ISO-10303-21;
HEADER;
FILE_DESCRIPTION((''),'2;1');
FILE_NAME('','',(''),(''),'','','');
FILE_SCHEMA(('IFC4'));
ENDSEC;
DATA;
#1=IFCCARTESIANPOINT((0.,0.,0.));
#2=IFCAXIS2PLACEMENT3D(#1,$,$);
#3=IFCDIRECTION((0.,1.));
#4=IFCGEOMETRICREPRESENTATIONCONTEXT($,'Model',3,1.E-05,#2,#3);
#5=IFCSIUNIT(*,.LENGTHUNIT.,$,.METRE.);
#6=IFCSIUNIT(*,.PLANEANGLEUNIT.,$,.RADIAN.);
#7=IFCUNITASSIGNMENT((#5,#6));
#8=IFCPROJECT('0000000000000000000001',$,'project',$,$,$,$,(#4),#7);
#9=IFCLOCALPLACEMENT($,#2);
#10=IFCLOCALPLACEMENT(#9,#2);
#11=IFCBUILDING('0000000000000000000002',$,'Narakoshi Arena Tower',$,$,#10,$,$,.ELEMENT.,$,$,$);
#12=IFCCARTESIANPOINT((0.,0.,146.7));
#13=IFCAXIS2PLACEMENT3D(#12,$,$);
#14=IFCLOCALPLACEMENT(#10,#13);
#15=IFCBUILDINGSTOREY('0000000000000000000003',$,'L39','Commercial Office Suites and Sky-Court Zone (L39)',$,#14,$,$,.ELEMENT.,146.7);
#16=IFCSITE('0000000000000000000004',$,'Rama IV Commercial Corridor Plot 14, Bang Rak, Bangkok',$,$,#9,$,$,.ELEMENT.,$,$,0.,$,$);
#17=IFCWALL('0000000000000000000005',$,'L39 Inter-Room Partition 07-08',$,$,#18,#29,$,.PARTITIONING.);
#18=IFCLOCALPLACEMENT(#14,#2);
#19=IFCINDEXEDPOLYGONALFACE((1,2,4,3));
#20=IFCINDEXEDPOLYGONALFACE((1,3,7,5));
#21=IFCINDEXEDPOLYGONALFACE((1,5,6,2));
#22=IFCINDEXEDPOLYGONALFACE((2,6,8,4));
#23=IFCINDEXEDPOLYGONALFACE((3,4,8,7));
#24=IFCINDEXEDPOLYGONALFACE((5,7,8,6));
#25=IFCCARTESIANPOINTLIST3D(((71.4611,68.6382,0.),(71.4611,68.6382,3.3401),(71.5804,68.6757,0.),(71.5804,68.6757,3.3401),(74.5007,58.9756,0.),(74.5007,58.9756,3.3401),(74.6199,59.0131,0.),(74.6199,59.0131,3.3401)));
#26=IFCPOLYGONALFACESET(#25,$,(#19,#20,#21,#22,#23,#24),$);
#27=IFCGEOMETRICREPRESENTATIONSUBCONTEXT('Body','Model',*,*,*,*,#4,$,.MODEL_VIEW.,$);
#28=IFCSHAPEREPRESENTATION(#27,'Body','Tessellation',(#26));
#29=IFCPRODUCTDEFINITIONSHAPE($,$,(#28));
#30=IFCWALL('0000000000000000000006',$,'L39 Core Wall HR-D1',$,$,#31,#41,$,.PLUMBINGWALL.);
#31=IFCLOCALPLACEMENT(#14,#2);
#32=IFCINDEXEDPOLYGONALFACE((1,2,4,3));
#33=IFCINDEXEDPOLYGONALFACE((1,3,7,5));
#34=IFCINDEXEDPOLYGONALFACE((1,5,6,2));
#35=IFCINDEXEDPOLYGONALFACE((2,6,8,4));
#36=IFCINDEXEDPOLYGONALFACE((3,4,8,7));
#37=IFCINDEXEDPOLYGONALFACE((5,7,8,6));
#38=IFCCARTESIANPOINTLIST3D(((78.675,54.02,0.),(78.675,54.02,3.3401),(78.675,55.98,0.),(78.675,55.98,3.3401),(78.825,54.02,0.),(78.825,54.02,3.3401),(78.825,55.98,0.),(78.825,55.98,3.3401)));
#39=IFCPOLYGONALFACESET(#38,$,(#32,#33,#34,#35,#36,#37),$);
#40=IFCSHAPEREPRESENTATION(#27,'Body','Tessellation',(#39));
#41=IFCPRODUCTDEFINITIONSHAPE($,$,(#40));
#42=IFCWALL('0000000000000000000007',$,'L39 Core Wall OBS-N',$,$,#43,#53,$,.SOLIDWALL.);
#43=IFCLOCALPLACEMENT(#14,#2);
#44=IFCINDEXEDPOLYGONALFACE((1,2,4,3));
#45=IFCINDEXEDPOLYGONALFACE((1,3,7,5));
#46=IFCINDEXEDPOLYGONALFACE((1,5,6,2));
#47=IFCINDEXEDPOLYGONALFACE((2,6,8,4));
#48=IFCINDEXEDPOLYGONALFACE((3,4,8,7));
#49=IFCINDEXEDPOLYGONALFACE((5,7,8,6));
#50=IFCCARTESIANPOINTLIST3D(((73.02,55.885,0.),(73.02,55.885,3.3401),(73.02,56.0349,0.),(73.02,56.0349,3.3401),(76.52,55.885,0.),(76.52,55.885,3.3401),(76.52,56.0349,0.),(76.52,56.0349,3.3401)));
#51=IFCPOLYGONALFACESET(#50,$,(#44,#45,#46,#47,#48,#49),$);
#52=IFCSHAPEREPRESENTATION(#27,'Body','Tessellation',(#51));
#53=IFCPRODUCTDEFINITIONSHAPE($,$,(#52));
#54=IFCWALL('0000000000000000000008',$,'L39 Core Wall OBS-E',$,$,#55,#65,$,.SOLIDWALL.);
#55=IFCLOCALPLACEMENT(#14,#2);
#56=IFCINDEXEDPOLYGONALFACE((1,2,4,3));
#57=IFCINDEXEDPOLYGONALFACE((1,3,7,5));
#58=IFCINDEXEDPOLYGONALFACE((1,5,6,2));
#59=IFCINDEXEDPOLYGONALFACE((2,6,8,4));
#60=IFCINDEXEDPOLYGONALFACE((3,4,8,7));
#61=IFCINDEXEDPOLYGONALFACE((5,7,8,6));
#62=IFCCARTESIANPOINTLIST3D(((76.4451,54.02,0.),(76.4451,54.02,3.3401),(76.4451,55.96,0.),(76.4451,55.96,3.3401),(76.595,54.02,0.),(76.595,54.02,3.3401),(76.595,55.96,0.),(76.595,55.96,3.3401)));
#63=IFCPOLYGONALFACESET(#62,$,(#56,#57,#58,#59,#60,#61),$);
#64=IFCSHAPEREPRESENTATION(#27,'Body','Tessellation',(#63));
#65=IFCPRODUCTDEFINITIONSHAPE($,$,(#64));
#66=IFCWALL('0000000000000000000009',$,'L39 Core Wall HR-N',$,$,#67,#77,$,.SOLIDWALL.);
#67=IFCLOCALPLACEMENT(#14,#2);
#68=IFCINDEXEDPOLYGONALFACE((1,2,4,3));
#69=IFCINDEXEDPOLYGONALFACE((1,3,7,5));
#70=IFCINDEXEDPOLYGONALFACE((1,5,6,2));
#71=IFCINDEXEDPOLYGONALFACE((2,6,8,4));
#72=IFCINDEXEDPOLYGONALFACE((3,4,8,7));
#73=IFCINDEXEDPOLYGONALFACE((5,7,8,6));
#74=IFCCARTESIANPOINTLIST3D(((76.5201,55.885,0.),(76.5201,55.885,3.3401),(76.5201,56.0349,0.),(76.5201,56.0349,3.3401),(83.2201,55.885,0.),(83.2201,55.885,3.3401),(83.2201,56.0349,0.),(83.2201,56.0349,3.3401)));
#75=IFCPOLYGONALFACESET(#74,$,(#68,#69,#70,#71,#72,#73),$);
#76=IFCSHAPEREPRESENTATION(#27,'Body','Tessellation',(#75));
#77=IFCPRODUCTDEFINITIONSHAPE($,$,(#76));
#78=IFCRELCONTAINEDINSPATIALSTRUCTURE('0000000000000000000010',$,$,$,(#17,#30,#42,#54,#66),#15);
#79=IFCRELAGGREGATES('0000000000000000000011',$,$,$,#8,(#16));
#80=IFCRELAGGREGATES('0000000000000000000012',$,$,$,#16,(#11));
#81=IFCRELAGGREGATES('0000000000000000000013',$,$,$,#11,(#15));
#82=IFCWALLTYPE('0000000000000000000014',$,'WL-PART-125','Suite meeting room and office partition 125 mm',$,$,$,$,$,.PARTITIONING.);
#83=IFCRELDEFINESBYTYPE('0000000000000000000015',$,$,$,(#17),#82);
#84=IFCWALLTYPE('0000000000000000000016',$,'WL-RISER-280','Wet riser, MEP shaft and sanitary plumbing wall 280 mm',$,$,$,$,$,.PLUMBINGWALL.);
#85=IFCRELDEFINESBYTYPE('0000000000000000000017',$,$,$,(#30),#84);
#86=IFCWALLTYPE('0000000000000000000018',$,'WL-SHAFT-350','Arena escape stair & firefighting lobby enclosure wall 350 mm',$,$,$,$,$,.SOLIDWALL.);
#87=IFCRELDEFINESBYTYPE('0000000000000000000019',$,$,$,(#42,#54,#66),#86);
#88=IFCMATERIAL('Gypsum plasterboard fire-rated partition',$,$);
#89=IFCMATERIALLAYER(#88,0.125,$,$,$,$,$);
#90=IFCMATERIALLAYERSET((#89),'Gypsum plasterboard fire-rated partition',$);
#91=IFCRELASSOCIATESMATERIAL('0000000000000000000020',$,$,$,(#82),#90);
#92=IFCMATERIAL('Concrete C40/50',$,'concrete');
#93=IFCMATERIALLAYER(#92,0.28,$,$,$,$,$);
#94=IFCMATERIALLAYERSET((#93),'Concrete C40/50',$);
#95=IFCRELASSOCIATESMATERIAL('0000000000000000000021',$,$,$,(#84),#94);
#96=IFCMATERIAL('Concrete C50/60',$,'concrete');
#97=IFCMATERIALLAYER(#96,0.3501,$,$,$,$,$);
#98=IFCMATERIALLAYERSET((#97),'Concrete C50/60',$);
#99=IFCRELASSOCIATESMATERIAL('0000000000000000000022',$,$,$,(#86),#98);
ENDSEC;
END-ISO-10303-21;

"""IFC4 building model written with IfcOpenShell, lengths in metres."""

from ifc_helpers import new_model, si_unit, direction, frame, frame_2d, origin, place, context, subcontext, project, spatial, rectangle, extrude, material, layer, layer_set, type_object, element, save


model = new_model("IFC4")

# Units and contexts
model_context = context("Model", 3, precision=1e-05, world=origin(), true_north=direction((0.0, 1.0)))
body_context = subcontext(model_context, "Body", "Model", "MODEL_VIEW")
ifc_project = project(units=[si_unit("LENGTHUNIT", "METRE"), si_unit("PLANEANGLEUNIT", "RADIAN")], contexts=[model_context])

# Site, building, storey
site_placement = place(None, origin())
site = spatial("IfcSite", under=ifc_project, at=site_placement, Name="Rama IV Commercial Corridor Plot 14, Bang Rak, Bangkok", CompositionType="ELEMENT", RefElevation=0.0)
building_placement = place(site_placement, origin())
building = spatial("IfcBuilding", under=site, at=building_placement, Name="Narakoshi Arena Tower", CompositionType="ELEMENT")
storey_placement = place(building_placement, frame((0.0, 0.0, 146.7)))
storey = spatial("IfcBuildingStorey", under=building, at=storey_placement, Name="L39", Description="Commercial Office Suites and Sky-Court Zone (L39)", CompositionType="ELEMENT", Elevation=146.7)

# Walls
ifc_material_1 = material(Name="Gypsum plasterboard fire-rated partition")
ifc_layer_1 = layer(ifc_material_1, 0.125)
ifc_layer_set_1 = layer_set([ifc_layer_1], Name="Gypsum plasterboard fire-rated partition")
wall_type_1 = type_object("IfcWallType", Name="WL-PART-125", Description="Suite meeting room and office partition 125 mm", PredefinedType="PARTITIONING", material=ifc_layer_set_1)
wall_1_placement = place(storey_placement, frame((74.5603, 58.9944, 0.0), z_axis=(0.0, 0.0, 1.0), x_axis=(-0.300072, 0.953916, 0.0)))
element("IfcWall", 1, at=wall_1_placement, inside=storey, type_object=wall_type_1, Name="L39 Inter-Room Partition 07-08", PredefinedType="PARTITIONING", context=body_context, shape_type="SweptSolid", body=[
    extrude(rectangle(XDim=10.1294, YDim=0.125, at=frame_2d((5.0647, 0.0))), origin(), (0.0, 0.0, 1.0), 3.3401),
])
ifc_material_2 = material(Name="Concrete C40/50", Category="concrete")
ifc_layer_2 = layer(ifc_material_2, 0.28)
ifc_layer_set_2 = layer_set([ifc_layer_2], Name="Concrete C40/50")
wall_type_2 = type_object("IfcWallType", Name="WL-RISER-280", Description="Wet riser, MEP shaft and sanitary plumbing wall 280 mm", PredefinedType="PLUMBINGWALL", material=ifc_layer_set_2)
wall_2_placement = place(storey_placement, frame((78.75, 54.02, 0.0), z_axis=(0.0, 0.0, 1.0), x_axis=(0.0, 1.0, 0.0)))
element("IfcWall", 2, at=wall_2_placement, inside=storey, type_object=wall_type_2, Name="L39 Core Wall HR-D1", PredefinedType="PLUMBINGWALL", context=body_context, shape_type="SweptSolid", body=[
    extrude(rectangle(XDim=1.96, YDim=0.1499, at=frame_2d((0.98, 0.0))), origin(), (0.0, 0.0, 1.0), 3.3401),
])
ifc_material_3 = material(Name="Concrete C50/60", Category="concrete")
ifc_layer_3 = layer(ifc_material_3, 0.3501)
ifc_layer_set_3 = layer_set([ifc_layer_3], Name="Concrete C50/60")
wall_type_3 = type_object("IfcWallType", Name="WL-SHAFT-350", Description="Arena escape stair & firefighting lobby enclosure wall 350 mm", PredefinedType="SOLIDWALL", material=ifc_layer_set_3)
wall_3_placement = place(storey_placement, frame((73.02, 55.96, 0.0), z_axis=(0.0, 0.0, 1.0), x_axis=(1.0, 0.0, 0.0)))
element("IfcWall", 3, at=wall_3_placement, inside=storey, type_object=wall_type_3, Name="L39 Core Wall OBS-N", PredefinedType="SOLIDWALL", context=body_context, shape_type="SweptSolid", body=[
    extrude(rectangle(XDim=3.5, YDim=0.1499, at=frame_2d((1.75, 0.0))), origin(), (0.0, 0.0, 1.0), 3.3401),
])
wall_4_placement = place(storey_placement, frame((76.52, 54.02, 0.0), z_axis=(0.0, 0.0, 1.0), x_axis=(0.0, 1.0, 0.0)))
element("IfcWall", 4, at=wall_4_placement, inside=storey, type_object=wall_type_3, Name="L39 Core Wall OBS-E", PredefinedType="SOLIDWALL", context=body_context, shape_type="SweptSolid", body=[
    extrude(rectangle(XDim=1.9399, YDim=0.1499, at=frame_2d((0.97, 0.0))), origin(), (0.0, 0.0, 1.0), 3.3401),
])
wall_5_placement = place(storey_placement, frame((76.52, 55.96, 0.0), z_axis=(0.0, 0.0, 1.0), x_axis=(1.0, 0.0, 0.0)))
element("IfcWall", 5, at=wall_5_placement, inside=storey, type_object=wall_type_3, Name="L39 Core Wall HR-N", PredefinedType="SOLIDWALL", context=body_context, shape_type="SweptSolid", body=[
    extrude(rectangle(XDim=6.7, YDim=0.1499, at=frame_2d((3.3501, 0.0))), origin(), (0.0, 0.0, 1.0), 3.3401),
])

save(model, "model.ifc")
